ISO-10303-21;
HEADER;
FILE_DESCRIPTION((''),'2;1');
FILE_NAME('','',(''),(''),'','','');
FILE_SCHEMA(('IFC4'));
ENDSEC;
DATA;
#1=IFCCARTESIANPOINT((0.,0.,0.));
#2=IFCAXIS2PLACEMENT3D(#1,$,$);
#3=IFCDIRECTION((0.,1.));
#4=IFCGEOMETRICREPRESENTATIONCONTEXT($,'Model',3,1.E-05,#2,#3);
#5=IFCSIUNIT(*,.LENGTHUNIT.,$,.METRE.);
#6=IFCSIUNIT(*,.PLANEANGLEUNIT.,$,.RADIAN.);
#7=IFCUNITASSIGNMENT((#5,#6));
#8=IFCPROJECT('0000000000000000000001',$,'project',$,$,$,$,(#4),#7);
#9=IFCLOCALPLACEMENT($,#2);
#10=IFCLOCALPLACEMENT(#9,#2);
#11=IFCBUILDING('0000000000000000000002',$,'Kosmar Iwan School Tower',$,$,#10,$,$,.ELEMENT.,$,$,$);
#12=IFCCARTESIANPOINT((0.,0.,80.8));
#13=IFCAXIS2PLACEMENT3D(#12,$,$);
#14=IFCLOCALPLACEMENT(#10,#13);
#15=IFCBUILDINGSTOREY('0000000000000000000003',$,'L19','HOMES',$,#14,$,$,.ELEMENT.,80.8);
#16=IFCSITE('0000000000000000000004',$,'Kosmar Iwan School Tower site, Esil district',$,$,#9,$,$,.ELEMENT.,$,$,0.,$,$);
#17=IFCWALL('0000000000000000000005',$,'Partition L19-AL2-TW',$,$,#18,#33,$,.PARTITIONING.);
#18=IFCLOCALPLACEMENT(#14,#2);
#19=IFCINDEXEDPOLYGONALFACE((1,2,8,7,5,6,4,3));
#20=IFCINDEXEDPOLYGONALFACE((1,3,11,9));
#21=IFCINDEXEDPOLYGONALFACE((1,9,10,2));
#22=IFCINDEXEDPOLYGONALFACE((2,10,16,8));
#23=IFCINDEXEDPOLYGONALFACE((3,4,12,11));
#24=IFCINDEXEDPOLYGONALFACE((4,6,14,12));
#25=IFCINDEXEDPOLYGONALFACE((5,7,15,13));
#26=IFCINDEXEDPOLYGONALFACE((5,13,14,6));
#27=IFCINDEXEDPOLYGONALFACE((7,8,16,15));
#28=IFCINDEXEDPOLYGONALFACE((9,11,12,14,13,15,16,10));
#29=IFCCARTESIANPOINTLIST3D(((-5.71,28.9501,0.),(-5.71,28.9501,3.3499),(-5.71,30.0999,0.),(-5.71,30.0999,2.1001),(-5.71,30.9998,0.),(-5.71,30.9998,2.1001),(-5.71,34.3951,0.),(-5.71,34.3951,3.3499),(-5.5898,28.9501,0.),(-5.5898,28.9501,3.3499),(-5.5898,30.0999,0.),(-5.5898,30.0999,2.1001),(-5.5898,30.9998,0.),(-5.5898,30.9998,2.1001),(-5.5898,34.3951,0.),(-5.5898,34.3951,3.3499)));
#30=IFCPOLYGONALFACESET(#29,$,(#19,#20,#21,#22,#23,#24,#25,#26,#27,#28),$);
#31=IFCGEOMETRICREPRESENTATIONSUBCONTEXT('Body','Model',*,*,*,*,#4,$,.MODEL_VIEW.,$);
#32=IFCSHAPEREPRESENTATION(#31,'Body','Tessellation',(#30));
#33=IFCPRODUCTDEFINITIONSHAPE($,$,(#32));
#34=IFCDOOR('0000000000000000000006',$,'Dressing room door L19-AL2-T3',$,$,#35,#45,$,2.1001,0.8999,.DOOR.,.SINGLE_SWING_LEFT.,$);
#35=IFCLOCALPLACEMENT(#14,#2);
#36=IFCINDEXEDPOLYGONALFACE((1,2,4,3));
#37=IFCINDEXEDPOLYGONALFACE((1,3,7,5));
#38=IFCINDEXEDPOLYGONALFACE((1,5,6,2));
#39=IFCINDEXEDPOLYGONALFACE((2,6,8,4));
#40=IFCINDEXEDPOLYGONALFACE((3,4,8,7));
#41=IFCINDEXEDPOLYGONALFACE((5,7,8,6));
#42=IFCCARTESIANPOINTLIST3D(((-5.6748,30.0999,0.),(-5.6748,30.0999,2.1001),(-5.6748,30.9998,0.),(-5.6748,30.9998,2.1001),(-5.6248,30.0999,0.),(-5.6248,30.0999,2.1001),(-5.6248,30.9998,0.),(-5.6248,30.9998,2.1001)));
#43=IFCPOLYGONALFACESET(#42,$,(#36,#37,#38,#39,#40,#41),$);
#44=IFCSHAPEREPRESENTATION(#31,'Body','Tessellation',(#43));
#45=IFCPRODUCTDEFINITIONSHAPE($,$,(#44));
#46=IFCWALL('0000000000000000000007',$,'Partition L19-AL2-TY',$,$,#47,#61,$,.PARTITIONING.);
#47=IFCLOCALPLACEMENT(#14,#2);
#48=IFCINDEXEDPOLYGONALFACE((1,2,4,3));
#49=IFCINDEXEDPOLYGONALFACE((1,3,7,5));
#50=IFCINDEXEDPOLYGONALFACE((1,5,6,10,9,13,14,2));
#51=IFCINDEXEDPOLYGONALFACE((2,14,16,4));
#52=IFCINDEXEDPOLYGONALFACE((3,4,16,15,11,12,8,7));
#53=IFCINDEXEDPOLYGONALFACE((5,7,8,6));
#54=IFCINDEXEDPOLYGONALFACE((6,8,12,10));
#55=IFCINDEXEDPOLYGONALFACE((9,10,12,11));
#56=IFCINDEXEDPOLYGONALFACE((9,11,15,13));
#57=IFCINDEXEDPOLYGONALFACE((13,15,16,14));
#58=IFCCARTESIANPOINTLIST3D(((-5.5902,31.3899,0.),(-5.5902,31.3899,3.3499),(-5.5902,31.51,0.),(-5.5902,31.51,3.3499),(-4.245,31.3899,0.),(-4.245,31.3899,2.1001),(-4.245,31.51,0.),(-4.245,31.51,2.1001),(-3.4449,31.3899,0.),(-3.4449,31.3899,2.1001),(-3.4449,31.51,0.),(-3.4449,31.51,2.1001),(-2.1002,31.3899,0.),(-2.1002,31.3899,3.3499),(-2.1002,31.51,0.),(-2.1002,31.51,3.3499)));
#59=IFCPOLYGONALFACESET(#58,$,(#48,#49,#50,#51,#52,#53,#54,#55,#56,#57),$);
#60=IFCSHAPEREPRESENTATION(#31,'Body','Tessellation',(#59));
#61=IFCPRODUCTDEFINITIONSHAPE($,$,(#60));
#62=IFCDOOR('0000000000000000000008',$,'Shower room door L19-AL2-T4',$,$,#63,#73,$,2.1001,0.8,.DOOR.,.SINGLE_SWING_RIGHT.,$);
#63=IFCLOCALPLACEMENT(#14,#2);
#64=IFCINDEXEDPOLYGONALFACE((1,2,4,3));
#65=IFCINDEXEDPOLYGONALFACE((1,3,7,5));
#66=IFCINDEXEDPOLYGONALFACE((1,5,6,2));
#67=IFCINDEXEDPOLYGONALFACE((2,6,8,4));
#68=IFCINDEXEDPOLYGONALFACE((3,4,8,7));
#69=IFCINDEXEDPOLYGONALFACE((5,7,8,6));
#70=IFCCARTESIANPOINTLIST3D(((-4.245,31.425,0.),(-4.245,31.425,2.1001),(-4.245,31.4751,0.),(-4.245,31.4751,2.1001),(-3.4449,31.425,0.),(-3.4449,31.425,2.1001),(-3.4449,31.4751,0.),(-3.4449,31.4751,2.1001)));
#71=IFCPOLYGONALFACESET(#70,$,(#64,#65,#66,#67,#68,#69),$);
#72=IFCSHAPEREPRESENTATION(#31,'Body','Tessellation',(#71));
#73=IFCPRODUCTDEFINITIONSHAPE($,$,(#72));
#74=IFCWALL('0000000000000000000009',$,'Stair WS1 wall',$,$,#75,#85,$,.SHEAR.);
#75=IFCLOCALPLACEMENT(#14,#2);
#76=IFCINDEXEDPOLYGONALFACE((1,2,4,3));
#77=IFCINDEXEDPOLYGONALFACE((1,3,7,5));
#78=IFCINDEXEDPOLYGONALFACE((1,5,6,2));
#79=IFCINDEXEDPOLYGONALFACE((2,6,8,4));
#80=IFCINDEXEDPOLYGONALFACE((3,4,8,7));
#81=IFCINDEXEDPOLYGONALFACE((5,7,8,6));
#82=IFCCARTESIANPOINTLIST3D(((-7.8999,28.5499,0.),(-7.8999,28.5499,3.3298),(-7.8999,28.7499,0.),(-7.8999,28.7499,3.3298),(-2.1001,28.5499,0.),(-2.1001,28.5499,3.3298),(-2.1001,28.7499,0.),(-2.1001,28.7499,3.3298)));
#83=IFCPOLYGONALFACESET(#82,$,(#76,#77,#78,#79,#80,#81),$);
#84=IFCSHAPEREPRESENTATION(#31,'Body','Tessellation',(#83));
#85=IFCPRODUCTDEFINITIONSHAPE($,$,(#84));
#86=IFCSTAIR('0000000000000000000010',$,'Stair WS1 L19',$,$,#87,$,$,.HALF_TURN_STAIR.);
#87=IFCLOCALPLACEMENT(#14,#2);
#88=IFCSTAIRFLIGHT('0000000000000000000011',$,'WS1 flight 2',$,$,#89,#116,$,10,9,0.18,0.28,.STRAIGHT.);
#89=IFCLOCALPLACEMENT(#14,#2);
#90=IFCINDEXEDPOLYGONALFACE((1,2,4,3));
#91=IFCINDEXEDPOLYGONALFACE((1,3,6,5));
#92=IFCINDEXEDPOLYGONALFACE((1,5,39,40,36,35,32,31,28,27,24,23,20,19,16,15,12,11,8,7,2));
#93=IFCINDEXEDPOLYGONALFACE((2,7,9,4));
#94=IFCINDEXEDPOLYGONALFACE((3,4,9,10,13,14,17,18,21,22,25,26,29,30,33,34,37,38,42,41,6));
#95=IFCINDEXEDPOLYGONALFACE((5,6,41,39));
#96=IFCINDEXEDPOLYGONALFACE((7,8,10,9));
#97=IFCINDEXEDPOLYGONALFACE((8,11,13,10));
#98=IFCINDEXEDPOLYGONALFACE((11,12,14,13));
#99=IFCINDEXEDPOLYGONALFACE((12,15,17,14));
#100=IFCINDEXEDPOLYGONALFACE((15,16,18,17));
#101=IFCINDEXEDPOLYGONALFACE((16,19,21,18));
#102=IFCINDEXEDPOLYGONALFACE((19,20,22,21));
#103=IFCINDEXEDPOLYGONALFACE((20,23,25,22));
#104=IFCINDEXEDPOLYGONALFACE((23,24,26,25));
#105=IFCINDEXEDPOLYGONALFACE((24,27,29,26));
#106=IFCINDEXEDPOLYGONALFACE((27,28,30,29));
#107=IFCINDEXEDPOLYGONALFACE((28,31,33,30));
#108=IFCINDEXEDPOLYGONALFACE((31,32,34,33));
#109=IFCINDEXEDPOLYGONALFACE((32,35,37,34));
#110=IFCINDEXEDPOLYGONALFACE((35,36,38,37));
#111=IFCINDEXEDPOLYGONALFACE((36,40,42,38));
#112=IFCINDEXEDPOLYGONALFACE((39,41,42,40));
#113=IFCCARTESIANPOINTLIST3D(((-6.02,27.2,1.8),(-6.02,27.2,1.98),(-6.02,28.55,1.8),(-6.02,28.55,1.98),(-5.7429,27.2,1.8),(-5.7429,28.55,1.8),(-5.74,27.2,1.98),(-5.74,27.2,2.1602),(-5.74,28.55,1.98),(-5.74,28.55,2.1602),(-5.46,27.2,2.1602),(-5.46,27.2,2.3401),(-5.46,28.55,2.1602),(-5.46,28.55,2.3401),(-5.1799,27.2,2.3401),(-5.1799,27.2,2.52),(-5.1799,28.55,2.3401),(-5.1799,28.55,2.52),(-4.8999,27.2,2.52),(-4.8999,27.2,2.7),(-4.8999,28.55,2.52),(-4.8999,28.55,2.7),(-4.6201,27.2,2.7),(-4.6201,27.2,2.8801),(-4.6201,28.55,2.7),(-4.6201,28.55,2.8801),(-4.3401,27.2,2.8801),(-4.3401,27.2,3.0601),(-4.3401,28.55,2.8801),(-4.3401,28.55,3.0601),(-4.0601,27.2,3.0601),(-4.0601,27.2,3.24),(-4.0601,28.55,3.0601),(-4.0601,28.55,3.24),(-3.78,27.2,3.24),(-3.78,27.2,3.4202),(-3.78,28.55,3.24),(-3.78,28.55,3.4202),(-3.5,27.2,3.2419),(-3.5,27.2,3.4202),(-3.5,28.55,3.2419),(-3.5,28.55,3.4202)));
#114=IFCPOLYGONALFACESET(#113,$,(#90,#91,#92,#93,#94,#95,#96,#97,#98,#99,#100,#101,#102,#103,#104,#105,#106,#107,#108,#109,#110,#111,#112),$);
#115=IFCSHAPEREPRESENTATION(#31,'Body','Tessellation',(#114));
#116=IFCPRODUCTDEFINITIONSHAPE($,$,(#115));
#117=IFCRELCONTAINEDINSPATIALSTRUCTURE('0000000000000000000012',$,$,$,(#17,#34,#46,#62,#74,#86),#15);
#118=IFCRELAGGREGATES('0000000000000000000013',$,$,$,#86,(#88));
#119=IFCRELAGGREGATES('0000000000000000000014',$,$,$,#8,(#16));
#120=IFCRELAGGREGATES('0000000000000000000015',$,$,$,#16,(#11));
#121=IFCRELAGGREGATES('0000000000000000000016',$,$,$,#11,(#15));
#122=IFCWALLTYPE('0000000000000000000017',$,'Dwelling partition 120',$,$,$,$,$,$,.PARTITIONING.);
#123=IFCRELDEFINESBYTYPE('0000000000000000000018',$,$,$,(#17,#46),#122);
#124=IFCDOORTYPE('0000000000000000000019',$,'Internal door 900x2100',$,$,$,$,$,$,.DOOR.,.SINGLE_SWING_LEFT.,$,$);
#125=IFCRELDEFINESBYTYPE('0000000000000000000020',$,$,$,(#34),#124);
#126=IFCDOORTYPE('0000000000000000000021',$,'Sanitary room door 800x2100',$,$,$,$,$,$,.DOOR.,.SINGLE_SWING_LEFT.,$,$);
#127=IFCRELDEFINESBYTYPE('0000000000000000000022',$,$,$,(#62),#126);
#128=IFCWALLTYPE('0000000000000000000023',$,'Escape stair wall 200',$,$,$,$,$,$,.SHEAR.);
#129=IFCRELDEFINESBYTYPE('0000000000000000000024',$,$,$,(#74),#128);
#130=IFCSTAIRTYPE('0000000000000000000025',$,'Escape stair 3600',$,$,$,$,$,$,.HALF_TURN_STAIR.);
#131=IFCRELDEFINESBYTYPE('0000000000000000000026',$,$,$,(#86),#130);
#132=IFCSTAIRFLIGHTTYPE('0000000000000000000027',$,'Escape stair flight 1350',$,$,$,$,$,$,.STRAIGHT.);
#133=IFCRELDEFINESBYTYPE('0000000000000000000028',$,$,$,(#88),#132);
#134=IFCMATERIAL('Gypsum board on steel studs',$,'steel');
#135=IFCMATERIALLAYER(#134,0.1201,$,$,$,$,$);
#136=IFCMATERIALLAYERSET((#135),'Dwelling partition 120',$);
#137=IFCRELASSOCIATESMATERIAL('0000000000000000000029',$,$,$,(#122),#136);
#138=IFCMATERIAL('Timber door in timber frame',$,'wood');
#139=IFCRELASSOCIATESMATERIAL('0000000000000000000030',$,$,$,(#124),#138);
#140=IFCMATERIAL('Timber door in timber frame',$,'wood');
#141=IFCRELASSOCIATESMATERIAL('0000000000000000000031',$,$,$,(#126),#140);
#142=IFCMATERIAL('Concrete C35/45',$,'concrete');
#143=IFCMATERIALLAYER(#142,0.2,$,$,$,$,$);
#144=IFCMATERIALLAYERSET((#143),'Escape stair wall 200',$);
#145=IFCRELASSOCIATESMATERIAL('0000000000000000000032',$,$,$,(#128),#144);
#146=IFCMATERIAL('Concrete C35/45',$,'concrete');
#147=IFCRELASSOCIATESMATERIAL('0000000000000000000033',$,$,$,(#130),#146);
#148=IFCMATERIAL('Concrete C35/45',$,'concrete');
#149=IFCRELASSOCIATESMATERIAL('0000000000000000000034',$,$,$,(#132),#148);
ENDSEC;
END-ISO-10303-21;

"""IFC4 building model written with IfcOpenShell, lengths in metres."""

from ifc_helpers import new_model, si_unit, direction, frame, frame_2d, origin, place, context, subcontext, project, spatial, polyline, rectangle, outline, extrude, material, layer, layer_set, type_object, element, fill, aggregate, save


model = new_model("IFC4")

# Units and contexts
model_context = context("Model", 3, precision=1e-05, world=origin(), true_north=direction((0.0, 1.0)))
body_context = subcontext(model_context, "Body", "Model", "MODEL_VIEW")
ifc_project = project(units=[si_unit("LENGTHUNIT", "METRE"), si_unit("PLANEANGLEUNIT", "RADIAN")], contexts=[model_context])

# Site, building, storey
site_placement = place(None, origin())
site = spatial("IfcSite", under=ifc_project, at=site_placement, Name="Kosmar Iwan School Tower site, Esil district", CompositionType="ELEMENT", RefElevation=0.0)
building_placement = place(site_placement, origin())
building = spatial("IfcBuilding", under=site, at=building_placement, Name="Kosmar Iwan School Tower", CompositionType="ELEMENT")
storey_placement = place(building_placement, frame((0.0, 0.0, 80.8)))
storey = spatial("IfcBuildingStorey", under=building, at=storey_placement, Name="L19", Description="HOMES", CompositionType="ELEMENT", Elevation=80.8)

# Walls, openings, doors
ifc_material_1 = material(Name="Gypsum board on steel studs", Category="steel")
ifc_layer_1 = layer(ifc_material_1, 0.1201)
ifc_layer_set_1 = layer_set([ifc_layer_1], Name="Dwelling partition 120")
wall_type_1 = type_object("IfcWallType", Name="Dwelling partition 120", PredefinedType="PARTITIONING", material=ifc_layer_set_1)
ifc_material_2 = material(Name="Timber door in timber frame", Category="wood")
door_type_1 = type_object("IfcDoorType", Name="Internal door 900x2100", OperationType="SINGLE_SWING_LEFT", PredefinedType="DOOR", material=ifc_material_2)
wall_1_placement = place(storey_placement, frame((-5.6499, 28.95, 0.0), z_axis=(0.0, 0.0, 1.0), x_axis=(0.0, 1.0, 0.0)))
wall_1 = element("IfcWall", 1, at=wall_1_placement, inside=storey, type_object=wall_type_1, Name="Partition L19-AL2-TW", PredefinedType="PARTITIONING", context=body_context, shape_type="SweptSolid", body=[
    extrude(rectangle(XDim=5.4451, YDim=0.1201, at=frame_2d((2.7227, 0.0))), origin(), (0.0, 0.0, 1.0), 3.3499),
])
opening_1_placement = place(wall_1_placement, frame((1.1499, 0.0, 0.0)))
opening_1 = element("IfcOpeningElement", 2, at=opening_1_placement, cuts=wall_1, PredefinedType="OPENING", context=body_context, shape_type="SweptSolid", body=[
    extrude(rectangle(XDim=0.8999, YDim=2.1001, at=frame_2d((0.45, 1.05))), frame((0.0, 0.072, 0.0), z_axis=(0.0, -1.0, 0.0), x_axis=(1.0, 0.0, 0.0)), (0.0, 0.0, 1.0), 0.144),
])
door_1_placement = place(opening_1_placement, origin())
door_1 = element("IfcDoor", 3, at=door_1_placement, inside=storey, type_object=door_type_1, Name="Dressing room door L19-AL2-T3", OperationType="SINGLE_SWING_LEFT", OverallHeight=2.1001, OverallWidth=0.8999, PredefinedType="DOOR", context=body_context, shape_type="SweptSolid", body=[
    extrude(rectangle(XDim=0.8999, YDim=2.1001, at=frame_2d((0.45, 1.05))), frame((0.0, 0.0249, 0.0), z_axis=(0.0, -1.0, 0.0), x_axis=(1.0, 0.0, 0.0)), (0.0, 0.0, 1.0), 0.05),
])
fill(opening_1, door_1)
wall_2_placement = place(storey_placement, frame((-2.1001, 31.45, 0.0), z_axis=(0.0, 0.0, 1.0), x_axis=(-1.0, 0.0, 0.0)))
wall_2 = element("IfcWall", 4, at=wall_2_placement, inside=storey, type_object=wall_type_1, Name="Partition L19-AL2-TY", PredefinedType="PARTITIONING", context=body_context, shape_type="SweptSolid", body=[
    extrude(rectangle(XDim=3.49, YDim=0.1201, at=frame_2d((1.7451, 0.0))), origin(), (0.0, 0.0, 1.0), 3.3499),
])
opening_2_placement = place(wall_2_placement, frame((1.345, 0.0, 0.0)))
opening_2 = element("IfcOpeningElement", 5, at=opening_2_placement, cuts=wall_2, PredefinedType="OPENING", context=body_context, shape_type="SweptSolid", body=[
    extrude(rectangle(XDim=0.8, YDim=2.1001, at=frame_2d((0.3999, 1.05))), frame((0.0, 0.072, 0.0), z_axis=(0.0, -1.0, 0.0), x_axis=(1.0, 0.0, 0.0)), (0.0, 0.0, 1.0), 0.144),
])
ifc_material_3 = material(Name="Timber door in timber frame", Category="wood")
door_type_2 = type_object("IfcDoorType", Name="Sanitary room door 800x2100", OperationType="SINGLE_SWING_LEFT", PredefinedType="DOOR", material=ifc_material_3)
door_2_placement = place(opening_2_placement, origin())
door_2 = element("IfcDoor", 6, at=door_2_placement, inside=storey, type_object=door_type_2, Name="Shower room door L19-AL2-T4", OperationType="SINGLE_SWING_RIGHT", OverallHeight=2.1001, OverallWidth=0.8, PredefinedType="DOOR", context=body_context, shape_type="SweptSolid", body=[
    extrude(rectangle(XDim=0.8, YDim=2.1001, at=frame_2d((0.3999, 1.05))), frame((0.0, 0.0249, 0.0), z_axis=(0.0, -1.0, 0.0), x_axis=(1.0, 0.0, 0.0)), (0.0, 0.0, 1.0), 0.05),
])
fill(opening_2, door_2)

# Wall
ifc_material_4 = material(Name="Concrete C35/45", Category="concrete")
ifc_layer_2 = layer(ifc_material_4, 0.2)
ifc_layer_set_2 = layer_set([ifc_layer_2], Name="Escape stair wall 200")
wall_type_2 = type_object("IfcWallType", Name="Escape stair wall 200", PredefinedType="SHEAR", material=ifc_layer_set_2)
wall_3_placement = place(storey_placement, frame((-2.1001, 28.6499, 0.0), z_axis=(0.0, 0.0, 1.0), x_axis=(-1.0, 0.0, 0.0)))
element("IfcWall", 7, at=wall_3_placement, inside=storey, type_object=wall_type_2, Name="Stair WS1 wall", PredefinedType="SHEAR", context=body_context, shape_type="SweptSolid", body=[
    extrude(rectangle(XDim=5.7998, YDim=0.2, at=frame_2d((2.8999, 0.0))), origin(), (0.0, 0.0, 1.0), 3.3298),
])

# Stair, stair flight
ifc_material_5 = material(Name="Concrete C35/45", Category="concrete")
stair_type = type_object("IfcStairType", Name="Escape stair 3600", PredefinedType="HALF_TURN_STAIR", material=ifc_material_5)
stair_placement = place(storey_placement, origin())
stair = element("IfcStair", 8, at=stair_placement, inside=storey, type_object=stair_type, Name="Stair WS1 L19", PredefinedType="HALF_TURN_STAIR")
ifc_material_6 = material(Name="Concrete C35/45", Category="concrete")
stair_flight_type = type_object("IfcStairFlightType", Name="Escape stair flight 1350", PredefinedType="STRAIGHT", material=ifc_material_6)
stair_flight_placement = place(storey_placement, frame((-6.02, 27.875, 1.8), z_axis=(0.0, 0.0, 1.0), x_axis=(1.0, 0.0, 0.0)))
stair_flight = element("IfcStairFlight", 9, at=stair_flight_placement, type_object=stair_flight_type, Name="WS1 flight 2", NumberOfRisers=10, NumberOfTreads=9, PredefinedType="STRAIGHT", RiserHeight=0.18, TreadLength=0.28, context=body_context, shape_type="SweptSolid", body=[
    extrude(outline(polyline([(0.0, 0.0), (0.0, 0.1799), (0.28, 0.1799), (0.28, 0.3601), (0.5601, 0.3601), (0.5601, 0.54), (0.8401, 0.54), (0.8401, 0.72), (1.1201, 0.72), (1.1201, 0.8999), (1.3999, 0.8999), (1.3999, 1.0801), (1.6799, 1.0801), (1.6799, 1.26), (1.96, 1.26), (1.96, 1.4399), (2.24, 1.4399), (2.24, 1.6201), (2.52, 1.6201), (2.52, 1.8), (2.52, 1.4419), (0.2771, 0.0), (0.0, 0.0)])), frame((0.0, 0.675, 0.0), z_axis=(0.0, -1.0, 0.0), x_axis=(1.0, 0.0, 0.0)), (0.0, 0.0, 1.0), 1.3501),
])
aggregate(stair, [stair_flight])

save(model, "model.ifc")
